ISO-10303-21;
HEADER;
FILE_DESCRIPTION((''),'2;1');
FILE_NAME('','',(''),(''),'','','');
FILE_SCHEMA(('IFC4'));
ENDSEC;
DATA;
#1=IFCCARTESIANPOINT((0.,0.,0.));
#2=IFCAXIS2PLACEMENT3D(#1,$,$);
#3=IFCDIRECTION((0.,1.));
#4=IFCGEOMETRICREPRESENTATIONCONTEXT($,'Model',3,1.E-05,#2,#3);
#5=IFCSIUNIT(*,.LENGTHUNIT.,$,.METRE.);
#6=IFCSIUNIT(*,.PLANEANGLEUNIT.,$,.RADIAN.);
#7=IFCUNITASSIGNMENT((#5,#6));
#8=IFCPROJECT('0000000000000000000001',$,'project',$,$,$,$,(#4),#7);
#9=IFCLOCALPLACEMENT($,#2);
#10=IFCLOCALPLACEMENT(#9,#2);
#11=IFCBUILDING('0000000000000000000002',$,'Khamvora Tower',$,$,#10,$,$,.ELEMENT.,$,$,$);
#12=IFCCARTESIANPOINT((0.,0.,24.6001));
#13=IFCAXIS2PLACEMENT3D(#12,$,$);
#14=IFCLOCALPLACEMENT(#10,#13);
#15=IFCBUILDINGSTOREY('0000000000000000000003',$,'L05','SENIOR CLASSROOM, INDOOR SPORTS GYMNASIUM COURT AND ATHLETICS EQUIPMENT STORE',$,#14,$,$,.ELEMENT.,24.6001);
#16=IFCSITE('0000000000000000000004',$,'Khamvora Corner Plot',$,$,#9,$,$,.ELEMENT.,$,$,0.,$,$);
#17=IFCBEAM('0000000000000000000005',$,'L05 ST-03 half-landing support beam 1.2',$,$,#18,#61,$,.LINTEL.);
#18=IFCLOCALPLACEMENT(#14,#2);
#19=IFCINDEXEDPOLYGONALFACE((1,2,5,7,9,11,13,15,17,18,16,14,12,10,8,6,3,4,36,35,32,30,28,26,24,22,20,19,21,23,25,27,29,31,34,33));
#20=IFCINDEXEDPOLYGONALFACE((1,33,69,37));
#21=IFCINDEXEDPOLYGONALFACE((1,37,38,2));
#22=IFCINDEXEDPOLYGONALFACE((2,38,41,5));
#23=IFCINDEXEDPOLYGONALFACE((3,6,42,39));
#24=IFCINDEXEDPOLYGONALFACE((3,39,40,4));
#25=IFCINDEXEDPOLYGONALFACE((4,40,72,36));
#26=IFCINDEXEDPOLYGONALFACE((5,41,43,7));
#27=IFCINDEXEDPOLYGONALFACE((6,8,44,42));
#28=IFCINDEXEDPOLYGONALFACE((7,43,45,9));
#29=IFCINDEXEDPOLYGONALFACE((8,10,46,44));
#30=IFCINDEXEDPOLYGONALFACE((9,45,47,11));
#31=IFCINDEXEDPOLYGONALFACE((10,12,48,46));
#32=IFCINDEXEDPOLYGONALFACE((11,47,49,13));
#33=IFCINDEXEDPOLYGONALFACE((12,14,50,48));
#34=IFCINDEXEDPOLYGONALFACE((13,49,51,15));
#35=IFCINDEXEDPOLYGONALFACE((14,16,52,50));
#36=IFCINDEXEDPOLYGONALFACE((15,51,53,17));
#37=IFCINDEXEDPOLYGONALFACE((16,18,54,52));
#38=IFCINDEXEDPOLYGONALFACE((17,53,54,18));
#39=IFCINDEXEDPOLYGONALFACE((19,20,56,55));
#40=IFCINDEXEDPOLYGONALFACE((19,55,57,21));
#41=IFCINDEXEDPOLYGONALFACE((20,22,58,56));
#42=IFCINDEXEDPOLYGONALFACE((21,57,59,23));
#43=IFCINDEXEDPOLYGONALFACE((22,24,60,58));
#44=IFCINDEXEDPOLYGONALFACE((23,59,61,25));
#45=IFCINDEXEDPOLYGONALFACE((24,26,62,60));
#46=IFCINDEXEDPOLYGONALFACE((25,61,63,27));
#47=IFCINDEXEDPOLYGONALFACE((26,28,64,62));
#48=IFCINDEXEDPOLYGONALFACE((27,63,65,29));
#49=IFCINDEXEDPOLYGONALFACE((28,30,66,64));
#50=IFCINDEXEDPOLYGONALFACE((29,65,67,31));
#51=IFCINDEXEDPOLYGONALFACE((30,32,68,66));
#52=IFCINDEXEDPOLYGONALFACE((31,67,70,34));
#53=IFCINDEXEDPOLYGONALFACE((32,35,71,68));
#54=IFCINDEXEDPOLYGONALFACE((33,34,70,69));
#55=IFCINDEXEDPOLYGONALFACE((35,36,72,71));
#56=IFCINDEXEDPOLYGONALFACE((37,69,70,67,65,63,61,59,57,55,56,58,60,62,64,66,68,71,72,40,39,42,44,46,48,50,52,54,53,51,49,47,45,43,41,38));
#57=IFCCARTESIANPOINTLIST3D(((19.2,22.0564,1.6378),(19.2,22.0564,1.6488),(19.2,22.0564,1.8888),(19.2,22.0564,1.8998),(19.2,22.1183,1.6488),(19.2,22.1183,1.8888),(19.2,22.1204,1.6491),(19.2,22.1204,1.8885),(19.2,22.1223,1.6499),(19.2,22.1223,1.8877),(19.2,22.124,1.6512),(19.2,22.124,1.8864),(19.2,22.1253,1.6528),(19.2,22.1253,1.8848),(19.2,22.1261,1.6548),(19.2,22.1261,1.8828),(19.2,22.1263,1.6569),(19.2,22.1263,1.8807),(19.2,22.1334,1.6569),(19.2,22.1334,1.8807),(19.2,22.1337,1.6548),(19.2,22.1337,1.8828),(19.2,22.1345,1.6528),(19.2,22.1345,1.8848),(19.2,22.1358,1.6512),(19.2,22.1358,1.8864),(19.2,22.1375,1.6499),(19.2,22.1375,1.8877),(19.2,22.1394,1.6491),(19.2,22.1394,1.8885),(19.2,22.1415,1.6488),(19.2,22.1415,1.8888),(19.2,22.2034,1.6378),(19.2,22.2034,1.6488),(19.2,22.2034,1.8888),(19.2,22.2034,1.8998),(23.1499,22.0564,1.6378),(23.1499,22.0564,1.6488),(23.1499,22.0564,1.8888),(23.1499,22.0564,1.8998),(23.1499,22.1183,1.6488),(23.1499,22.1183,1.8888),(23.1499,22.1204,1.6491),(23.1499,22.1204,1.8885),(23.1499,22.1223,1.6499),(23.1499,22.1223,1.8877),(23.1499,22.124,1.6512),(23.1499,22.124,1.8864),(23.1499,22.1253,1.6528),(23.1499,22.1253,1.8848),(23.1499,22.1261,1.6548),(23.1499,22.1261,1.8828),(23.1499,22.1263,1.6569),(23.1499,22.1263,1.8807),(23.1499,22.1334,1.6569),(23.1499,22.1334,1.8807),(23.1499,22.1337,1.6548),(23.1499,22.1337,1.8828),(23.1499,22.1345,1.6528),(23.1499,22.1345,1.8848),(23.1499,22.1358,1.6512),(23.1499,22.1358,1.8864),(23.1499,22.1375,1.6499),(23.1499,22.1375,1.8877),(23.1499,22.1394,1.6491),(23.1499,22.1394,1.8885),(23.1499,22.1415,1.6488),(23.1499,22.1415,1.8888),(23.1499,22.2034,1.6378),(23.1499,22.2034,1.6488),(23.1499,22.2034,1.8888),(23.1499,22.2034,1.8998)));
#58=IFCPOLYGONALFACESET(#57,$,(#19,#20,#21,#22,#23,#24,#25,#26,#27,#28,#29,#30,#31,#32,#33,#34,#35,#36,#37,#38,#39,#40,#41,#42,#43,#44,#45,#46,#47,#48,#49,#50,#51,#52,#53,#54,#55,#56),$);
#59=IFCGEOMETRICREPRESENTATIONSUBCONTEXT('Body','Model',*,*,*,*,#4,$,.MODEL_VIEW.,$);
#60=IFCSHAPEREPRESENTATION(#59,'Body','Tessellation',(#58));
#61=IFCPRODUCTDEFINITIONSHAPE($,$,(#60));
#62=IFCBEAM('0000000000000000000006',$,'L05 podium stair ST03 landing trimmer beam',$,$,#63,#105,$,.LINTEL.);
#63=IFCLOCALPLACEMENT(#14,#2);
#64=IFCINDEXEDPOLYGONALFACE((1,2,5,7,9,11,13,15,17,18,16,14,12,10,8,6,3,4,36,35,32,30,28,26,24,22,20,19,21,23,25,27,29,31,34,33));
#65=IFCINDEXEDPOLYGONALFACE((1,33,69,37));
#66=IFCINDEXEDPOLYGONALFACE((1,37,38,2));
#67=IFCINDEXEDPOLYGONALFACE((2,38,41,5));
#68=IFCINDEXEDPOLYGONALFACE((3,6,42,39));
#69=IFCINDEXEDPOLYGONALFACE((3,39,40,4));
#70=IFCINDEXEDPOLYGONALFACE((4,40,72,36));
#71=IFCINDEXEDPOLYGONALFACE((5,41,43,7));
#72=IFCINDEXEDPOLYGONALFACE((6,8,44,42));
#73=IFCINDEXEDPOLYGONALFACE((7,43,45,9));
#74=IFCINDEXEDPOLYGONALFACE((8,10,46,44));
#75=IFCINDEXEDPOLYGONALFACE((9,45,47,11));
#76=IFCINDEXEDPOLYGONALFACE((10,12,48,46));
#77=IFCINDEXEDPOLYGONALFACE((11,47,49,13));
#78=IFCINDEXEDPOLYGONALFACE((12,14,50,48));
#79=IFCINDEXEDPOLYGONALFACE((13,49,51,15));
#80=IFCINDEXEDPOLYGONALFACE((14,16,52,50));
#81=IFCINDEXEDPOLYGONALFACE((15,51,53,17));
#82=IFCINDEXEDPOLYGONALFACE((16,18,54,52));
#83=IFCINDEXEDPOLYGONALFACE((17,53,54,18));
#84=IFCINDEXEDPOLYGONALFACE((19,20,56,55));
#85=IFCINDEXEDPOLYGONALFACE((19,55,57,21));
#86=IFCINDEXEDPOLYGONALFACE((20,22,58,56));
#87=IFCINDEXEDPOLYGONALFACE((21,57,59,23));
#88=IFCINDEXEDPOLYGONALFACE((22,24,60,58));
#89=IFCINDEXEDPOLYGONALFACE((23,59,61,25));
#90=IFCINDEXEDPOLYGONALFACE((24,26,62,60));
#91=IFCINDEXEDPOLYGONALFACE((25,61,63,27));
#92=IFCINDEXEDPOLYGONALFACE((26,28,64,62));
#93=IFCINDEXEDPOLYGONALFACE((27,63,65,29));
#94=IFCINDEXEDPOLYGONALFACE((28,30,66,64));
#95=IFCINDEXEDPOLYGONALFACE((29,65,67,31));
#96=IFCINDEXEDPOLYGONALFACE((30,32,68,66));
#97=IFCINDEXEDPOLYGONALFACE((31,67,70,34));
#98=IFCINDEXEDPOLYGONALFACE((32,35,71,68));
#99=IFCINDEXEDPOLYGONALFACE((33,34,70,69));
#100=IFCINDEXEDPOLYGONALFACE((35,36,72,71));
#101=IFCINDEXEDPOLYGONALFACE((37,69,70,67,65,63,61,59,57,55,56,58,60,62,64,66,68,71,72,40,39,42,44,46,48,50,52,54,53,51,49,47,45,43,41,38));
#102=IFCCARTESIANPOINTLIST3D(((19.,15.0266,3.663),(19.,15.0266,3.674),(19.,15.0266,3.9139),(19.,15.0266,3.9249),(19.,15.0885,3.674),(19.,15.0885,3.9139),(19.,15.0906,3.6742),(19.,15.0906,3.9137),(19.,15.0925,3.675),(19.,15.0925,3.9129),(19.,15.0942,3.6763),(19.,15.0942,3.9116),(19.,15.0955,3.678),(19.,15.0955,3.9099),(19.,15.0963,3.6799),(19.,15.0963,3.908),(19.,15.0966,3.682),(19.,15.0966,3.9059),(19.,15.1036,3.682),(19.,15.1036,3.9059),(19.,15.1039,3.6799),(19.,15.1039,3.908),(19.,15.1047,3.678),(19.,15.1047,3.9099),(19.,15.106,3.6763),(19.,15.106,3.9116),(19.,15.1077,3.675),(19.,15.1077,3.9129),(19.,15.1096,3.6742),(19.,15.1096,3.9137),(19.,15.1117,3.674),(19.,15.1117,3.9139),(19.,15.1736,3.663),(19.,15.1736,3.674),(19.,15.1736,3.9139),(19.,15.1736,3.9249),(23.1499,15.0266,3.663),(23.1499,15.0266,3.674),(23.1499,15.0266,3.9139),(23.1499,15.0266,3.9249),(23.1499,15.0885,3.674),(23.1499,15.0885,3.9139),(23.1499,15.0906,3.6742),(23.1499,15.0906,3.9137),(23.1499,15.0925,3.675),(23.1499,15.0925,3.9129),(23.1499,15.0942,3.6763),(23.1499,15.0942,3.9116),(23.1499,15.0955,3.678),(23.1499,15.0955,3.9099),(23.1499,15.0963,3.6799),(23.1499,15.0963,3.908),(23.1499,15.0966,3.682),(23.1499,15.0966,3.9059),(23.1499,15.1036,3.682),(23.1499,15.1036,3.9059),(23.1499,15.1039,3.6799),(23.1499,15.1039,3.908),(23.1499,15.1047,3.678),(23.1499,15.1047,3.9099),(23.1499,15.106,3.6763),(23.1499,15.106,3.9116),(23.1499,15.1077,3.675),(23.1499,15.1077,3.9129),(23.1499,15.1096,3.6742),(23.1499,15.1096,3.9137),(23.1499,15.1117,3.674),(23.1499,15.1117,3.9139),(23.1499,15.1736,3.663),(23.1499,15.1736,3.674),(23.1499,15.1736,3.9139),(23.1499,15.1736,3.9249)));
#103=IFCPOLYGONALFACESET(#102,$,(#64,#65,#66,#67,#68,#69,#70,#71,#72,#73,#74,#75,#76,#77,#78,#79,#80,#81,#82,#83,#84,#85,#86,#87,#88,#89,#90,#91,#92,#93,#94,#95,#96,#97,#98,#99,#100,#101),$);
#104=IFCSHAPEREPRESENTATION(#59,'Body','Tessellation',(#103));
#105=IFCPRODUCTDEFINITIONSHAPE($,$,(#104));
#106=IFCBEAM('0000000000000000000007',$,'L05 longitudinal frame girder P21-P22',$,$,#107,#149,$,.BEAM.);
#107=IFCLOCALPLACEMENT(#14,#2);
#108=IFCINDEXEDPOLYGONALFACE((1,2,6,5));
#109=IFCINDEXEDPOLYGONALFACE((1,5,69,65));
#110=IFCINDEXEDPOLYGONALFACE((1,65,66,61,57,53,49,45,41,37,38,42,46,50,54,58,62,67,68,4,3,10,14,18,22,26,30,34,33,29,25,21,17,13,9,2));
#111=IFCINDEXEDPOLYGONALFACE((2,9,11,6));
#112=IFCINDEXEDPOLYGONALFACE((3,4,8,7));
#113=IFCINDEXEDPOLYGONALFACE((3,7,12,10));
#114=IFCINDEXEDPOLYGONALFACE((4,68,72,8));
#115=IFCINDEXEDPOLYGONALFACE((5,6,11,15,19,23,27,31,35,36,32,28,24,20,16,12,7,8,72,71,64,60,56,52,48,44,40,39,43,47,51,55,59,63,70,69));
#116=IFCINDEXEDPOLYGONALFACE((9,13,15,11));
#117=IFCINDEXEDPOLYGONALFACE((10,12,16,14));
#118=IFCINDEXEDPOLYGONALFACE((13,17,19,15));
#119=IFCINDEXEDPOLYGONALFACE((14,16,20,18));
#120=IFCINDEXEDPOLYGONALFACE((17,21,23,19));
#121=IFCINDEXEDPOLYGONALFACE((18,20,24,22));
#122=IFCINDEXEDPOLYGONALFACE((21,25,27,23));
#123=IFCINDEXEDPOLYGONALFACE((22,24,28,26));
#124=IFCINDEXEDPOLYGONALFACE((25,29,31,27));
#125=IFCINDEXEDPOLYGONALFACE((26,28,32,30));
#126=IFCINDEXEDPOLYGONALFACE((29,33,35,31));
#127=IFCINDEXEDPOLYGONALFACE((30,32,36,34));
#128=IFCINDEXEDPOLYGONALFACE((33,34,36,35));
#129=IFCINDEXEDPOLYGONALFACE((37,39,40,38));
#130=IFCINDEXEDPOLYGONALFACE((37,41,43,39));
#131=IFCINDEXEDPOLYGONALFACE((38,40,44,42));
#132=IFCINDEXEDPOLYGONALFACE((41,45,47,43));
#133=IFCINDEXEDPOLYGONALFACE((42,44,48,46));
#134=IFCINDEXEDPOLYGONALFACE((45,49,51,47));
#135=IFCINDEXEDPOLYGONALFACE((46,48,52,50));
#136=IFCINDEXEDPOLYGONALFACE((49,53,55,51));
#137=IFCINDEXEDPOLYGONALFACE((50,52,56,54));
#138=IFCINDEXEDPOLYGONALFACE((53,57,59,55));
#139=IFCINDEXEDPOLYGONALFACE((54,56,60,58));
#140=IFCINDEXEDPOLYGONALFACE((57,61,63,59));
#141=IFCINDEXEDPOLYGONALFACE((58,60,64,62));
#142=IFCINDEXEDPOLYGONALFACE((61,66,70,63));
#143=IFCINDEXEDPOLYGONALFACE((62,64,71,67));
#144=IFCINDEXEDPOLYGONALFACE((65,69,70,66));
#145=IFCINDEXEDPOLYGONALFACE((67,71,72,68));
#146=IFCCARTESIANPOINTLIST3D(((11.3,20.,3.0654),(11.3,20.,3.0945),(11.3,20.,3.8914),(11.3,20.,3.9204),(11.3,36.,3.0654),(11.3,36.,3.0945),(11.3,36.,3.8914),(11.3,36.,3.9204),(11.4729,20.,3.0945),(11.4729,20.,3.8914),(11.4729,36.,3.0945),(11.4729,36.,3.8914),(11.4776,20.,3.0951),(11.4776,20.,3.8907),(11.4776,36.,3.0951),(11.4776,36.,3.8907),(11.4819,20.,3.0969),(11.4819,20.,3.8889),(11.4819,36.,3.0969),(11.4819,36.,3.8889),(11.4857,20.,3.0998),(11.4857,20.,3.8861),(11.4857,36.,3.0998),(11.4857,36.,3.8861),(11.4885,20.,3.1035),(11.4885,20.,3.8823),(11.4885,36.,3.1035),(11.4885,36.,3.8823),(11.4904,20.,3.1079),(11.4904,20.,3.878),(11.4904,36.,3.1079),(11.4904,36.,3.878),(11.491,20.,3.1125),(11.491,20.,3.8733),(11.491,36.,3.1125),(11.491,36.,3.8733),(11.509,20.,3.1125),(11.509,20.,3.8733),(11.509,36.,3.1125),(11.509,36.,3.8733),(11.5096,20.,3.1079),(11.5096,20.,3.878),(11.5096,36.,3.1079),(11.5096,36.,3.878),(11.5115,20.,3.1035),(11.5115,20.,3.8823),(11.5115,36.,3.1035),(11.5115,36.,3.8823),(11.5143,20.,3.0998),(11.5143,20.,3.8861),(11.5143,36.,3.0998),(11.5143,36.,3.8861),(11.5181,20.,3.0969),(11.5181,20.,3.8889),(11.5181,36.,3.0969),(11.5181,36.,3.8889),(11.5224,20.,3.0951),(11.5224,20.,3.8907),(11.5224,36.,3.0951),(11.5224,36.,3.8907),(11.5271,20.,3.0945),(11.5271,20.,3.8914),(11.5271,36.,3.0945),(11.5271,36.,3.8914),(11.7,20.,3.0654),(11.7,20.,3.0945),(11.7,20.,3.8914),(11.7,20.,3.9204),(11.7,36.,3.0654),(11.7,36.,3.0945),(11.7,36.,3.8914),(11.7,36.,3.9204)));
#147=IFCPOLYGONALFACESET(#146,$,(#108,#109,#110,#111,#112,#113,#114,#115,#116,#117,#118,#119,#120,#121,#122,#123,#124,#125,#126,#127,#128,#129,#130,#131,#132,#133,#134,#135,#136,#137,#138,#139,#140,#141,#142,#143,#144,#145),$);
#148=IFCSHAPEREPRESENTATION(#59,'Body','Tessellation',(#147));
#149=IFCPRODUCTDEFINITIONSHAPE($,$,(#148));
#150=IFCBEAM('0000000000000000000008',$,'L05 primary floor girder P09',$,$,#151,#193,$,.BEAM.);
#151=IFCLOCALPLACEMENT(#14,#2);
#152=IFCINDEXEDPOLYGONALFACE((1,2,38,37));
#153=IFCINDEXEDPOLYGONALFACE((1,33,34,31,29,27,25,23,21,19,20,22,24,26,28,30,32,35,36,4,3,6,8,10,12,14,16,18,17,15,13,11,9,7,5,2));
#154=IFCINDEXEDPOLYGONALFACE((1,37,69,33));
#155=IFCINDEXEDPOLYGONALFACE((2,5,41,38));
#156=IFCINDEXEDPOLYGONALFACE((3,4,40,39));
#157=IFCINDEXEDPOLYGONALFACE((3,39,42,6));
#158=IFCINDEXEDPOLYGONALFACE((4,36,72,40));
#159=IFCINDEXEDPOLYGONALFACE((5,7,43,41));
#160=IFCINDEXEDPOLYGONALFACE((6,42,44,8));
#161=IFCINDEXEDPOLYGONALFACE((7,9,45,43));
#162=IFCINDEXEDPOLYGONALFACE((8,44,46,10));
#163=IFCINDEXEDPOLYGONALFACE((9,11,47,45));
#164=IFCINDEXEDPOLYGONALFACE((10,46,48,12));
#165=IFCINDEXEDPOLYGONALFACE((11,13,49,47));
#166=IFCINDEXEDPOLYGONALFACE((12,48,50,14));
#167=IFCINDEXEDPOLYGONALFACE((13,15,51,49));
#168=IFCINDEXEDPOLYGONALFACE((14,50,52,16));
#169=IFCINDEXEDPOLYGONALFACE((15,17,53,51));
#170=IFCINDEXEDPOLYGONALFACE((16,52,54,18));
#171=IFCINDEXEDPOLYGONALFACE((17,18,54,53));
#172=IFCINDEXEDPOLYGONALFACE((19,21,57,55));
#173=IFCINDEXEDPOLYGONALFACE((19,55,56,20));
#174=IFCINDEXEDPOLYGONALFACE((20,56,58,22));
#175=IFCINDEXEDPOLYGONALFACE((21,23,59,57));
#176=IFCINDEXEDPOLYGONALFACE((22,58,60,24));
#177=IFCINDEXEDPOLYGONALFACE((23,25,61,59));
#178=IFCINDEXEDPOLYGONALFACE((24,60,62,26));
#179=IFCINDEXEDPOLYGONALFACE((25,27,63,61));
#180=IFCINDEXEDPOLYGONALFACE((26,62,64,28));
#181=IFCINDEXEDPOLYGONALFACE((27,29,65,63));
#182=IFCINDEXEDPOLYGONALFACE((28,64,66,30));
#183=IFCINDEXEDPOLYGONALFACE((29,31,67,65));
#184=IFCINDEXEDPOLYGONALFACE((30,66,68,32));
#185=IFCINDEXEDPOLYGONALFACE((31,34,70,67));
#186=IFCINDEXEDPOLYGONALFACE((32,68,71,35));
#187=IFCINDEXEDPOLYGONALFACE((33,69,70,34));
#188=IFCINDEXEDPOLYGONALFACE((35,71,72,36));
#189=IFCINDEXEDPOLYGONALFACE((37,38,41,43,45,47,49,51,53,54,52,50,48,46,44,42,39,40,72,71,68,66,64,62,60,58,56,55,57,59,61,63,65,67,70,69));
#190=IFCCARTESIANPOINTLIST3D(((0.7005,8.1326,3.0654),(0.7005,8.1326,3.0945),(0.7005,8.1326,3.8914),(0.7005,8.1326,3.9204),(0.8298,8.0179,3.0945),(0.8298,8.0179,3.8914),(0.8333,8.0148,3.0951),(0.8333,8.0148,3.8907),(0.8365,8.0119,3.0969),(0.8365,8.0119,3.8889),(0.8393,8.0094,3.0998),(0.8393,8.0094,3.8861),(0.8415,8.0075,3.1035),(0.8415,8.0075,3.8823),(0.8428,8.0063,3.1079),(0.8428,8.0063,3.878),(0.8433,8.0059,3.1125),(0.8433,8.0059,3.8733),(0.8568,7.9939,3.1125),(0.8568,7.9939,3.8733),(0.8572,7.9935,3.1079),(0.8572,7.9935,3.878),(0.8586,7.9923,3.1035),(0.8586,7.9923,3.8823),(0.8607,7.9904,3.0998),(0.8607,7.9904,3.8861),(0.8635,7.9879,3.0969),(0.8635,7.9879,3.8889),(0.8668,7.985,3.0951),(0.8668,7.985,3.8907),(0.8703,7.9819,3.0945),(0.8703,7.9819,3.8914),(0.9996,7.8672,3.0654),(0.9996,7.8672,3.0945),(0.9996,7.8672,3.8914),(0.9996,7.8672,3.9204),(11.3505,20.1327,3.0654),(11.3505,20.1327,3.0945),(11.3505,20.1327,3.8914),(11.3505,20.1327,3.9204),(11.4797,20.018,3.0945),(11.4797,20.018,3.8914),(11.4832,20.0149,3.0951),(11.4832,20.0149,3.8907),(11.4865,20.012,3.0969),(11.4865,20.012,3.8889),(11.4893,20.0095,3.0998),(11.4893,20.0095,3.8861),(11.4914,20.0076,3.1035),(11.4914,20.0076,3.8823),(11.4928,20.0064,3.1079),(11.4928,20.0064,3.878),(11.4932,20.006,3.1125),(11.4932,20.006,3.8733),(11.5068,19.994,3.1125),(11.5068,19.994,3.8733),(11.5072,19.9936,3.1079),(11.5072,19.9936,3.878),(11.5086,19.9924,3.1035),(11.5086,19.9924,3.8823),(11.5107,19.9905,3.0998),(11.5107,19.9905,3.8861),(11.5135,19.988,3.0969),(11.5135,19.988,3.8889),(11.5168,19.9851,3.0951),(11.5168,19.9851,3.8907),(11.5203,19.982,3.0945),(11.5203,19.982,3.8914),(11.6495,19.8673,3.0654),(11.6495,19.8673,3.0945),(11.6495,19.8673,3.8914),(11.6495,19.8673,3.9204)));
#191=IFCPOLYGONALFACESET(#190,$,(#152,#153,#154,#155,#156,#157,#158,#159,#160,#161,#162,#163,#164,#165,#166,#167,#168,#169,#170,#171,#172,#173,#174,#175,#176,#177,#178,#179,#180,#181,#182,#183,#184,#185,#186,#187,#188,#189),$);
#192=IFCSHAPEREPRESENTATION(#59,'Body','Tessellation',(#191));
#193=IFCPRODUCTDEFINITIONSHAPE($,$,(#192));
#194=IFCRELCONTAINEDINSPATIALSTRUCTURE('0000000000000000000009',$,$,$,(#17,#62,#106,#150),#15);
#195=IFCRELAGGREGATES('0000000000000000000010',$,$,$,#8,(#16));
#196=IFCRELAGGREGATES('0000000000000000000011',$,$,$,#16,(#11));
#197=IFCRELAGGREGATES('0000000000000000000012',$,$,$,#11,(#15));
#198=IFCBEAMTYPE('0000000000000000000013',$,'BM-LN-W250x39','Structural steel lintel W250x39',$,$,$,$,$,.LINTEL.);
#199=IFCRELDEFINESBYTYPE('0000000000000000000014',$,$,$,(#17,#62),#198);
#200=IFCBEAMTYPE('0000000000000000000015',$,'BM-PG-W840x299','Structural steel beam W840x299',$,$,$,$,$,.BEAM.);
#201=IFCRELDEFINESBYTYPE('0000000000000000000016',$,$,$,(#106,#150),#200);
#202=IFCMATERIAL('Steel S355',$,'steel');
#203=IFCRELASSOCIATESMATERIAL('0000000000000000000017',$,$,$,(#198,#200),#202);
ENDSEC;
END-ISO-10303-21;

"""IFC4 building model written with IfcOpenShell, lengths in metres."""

from ifc_helpers import new_model, si_unit, direction, frame, origin, origin_2d, place, context, subcontext, project, spatial, i_section, extrude, material, material_profile, profile_set, type_object, element, save


model = new_model("IFC4")

# Units and contexts
model_context = context("Model", 3, precision=1e-05, world=origin(), true_north=direction((0.0, 1.0)))
body_context = subcontext(model_context, "Body", "Model", "MODEL_VIEW")
ifc_project = project(units=[si_unit("LENGTHUNIT", "METRE"), si_unit("PLANEANGLEUNIT", "RADIAN")], contexts=[model_context])

# Site, building, storey
site_placement = place(None, origin())
site = spatial("IfcSite", under=ifc_project, at=site_placement, Name="Khamvora Corner Plot", CompositionType="ELEMENT", RefElevation=0.0)
building_placement = place(site_placement, origin())
building = spatial("IfcBuilding", under=site, at=building_placement, Name="Khamvora Tower", CompositionType="ELEMENT")
storey_placement = place(building_placement, frame((0.0, 0.0, 24.6001)))
storey = spatial("IfcBuildingStorey", under=building, at=storey_placement, Name="L05", Description="SENIOR CLASSROOM, INDOOR SPORTS GYMNASIUM COURT AND ATHLETICS EQUIPMENT STORE", CompositionType="ELEMENT", Elevation=24.6001)

# Beams
ifc_material_1 = material(Name="Steel S355", Category="steel")
ifc_material_profile_1 = material_profile(ifc_material_1, i_section(OverallWidth=0.147, OverallDepth=0.262, WebThickness=0.0071, FlangeThickness=0.011, FilletRadius=0.0081, at=origin_2d()), Name="W250x39")
ifc_profile_set_1 = profile_set([ifc_material_profile_1], Name="Steel S355")
beam_type_1 = type_object("IfcBeamType", Name="BM-LN-W250x39", Description="Structural steel lintel W250x39", PredefinedType="LINTEL", material=ifc_profile_set_1)
for number, where, z_axis, x_axis, name in (
    (1, (19.2, 22.1299, 1.7688), (1.0, 0.0, 0.0), (0.0, 1.0, 0.0), "L05 ST-03 half-landing support beam 1.2"),
):
    element("IfcBeam", number, at=place(storey_placement, frame(where, z_axis=z_axis, x_axis=x_axis)), inside=storey, type_object=beam_type_1, Name=name, PredefinedType="LINTEL", context=body_context, shape_type="SweptSolid", body=[
        extrude(i_section(OverallWidth=0.147, OverallDepth=0.262, WebThickness=0.0071, FlangeThickness=0.011, FilletRadius=0.0081, at=origin_2d()), origin(), (0.0, 0.0, 1.0), 3.95),
    ])
beam_1_placement = place(storey_placement, frame((19.0, 15.1001, 3.7939), z_axis=(1.0, 0.0, 0.0), x_axis=(0.0, 1.0, 0.0)))
element("IfcBeam", 2, at=beam_1_placement, inside=storey, type_object=beam_type_1, Name="L05 podium stair ST03 landing trimmer beam", PredefinedType="LINTEL", context=body_context, shape_type="SweptSolid", body=[
    extrude(i_section(OverallWidth=0.147, OverallDepth=0.262, WebThickness=0.0071, FlangeThickness=0.011, FilletRadius=0.0081, at=origin_2d()), origin(), (0.0, 0.0, 1.0), 4.1499),
])
ifc_material_profile_2 = material_profile(ifc_material_1, i_section(OverallWidth=0.3999, OverallDepth=0.855, WebThickness=0.0181, FlangeThickness=0.0291, FilletRadius=0.0181, at=origin_2d()), Name="W840x299")
ifc_profile_set_2 = profile_set([ifc_material_profile_2], Name="Steel S355")
beam_type_2 = type_object("IfcBeamType", Name="BM-PG-W840x299", Description="Structural steel beam W840x299", PredefinedType="BEAM", material=ifc_profile_set_2)
beam_2_placement = place(storey_placement, frame((11.5, 20.0, 3.4929), z_axis=(0.0, 1.0, 0.0), x_axis=(-1.0, 0.0, 0.0)))
element("IfcBeam", 3, at=beam_2_placement, inside=storey, type_object=beam_type_2, Name="L05 longitudinal frame girder P21-P22", PredefinedType="BEAM", context=body_context, shape_type="SweptSolid", body=[
    extrude(i_section(OverallWidth=0.3999, OverallDepth=0.855, WebThickness=0.0181, FlangeThickness=0.0291, FilletRadius=0.0181, at=origin_2d()), origin(), (0.0, 0.0, 1.0), 16.0),
])
beam_3_placement = place(storey_placement, frame((11.5, 20.0, 3.4929), z_axis=(-0.66378, -0.747928, 0.0), x_axis=(0.747928, -0.66378, 0.0)))
element("IfcBeam", 4, at=beam_3_placement, inside=storey, type_object=beam_type_2, Name="L05 primary floor girder P09", PredefinedType="BEAM", context=body_context, shape_type="SweptSolid", body=[
    extrude(i_section(OverallWidth=0.3999, OverallDepth=0.855, WebThickness=0.0181, FlangeThickness=0.0291, FilletRadius=0.0181, at=origin_2d()), origin(), (0.0, 0.0, 1.0), 16.0444),
])

save(model, "model.ifc")
